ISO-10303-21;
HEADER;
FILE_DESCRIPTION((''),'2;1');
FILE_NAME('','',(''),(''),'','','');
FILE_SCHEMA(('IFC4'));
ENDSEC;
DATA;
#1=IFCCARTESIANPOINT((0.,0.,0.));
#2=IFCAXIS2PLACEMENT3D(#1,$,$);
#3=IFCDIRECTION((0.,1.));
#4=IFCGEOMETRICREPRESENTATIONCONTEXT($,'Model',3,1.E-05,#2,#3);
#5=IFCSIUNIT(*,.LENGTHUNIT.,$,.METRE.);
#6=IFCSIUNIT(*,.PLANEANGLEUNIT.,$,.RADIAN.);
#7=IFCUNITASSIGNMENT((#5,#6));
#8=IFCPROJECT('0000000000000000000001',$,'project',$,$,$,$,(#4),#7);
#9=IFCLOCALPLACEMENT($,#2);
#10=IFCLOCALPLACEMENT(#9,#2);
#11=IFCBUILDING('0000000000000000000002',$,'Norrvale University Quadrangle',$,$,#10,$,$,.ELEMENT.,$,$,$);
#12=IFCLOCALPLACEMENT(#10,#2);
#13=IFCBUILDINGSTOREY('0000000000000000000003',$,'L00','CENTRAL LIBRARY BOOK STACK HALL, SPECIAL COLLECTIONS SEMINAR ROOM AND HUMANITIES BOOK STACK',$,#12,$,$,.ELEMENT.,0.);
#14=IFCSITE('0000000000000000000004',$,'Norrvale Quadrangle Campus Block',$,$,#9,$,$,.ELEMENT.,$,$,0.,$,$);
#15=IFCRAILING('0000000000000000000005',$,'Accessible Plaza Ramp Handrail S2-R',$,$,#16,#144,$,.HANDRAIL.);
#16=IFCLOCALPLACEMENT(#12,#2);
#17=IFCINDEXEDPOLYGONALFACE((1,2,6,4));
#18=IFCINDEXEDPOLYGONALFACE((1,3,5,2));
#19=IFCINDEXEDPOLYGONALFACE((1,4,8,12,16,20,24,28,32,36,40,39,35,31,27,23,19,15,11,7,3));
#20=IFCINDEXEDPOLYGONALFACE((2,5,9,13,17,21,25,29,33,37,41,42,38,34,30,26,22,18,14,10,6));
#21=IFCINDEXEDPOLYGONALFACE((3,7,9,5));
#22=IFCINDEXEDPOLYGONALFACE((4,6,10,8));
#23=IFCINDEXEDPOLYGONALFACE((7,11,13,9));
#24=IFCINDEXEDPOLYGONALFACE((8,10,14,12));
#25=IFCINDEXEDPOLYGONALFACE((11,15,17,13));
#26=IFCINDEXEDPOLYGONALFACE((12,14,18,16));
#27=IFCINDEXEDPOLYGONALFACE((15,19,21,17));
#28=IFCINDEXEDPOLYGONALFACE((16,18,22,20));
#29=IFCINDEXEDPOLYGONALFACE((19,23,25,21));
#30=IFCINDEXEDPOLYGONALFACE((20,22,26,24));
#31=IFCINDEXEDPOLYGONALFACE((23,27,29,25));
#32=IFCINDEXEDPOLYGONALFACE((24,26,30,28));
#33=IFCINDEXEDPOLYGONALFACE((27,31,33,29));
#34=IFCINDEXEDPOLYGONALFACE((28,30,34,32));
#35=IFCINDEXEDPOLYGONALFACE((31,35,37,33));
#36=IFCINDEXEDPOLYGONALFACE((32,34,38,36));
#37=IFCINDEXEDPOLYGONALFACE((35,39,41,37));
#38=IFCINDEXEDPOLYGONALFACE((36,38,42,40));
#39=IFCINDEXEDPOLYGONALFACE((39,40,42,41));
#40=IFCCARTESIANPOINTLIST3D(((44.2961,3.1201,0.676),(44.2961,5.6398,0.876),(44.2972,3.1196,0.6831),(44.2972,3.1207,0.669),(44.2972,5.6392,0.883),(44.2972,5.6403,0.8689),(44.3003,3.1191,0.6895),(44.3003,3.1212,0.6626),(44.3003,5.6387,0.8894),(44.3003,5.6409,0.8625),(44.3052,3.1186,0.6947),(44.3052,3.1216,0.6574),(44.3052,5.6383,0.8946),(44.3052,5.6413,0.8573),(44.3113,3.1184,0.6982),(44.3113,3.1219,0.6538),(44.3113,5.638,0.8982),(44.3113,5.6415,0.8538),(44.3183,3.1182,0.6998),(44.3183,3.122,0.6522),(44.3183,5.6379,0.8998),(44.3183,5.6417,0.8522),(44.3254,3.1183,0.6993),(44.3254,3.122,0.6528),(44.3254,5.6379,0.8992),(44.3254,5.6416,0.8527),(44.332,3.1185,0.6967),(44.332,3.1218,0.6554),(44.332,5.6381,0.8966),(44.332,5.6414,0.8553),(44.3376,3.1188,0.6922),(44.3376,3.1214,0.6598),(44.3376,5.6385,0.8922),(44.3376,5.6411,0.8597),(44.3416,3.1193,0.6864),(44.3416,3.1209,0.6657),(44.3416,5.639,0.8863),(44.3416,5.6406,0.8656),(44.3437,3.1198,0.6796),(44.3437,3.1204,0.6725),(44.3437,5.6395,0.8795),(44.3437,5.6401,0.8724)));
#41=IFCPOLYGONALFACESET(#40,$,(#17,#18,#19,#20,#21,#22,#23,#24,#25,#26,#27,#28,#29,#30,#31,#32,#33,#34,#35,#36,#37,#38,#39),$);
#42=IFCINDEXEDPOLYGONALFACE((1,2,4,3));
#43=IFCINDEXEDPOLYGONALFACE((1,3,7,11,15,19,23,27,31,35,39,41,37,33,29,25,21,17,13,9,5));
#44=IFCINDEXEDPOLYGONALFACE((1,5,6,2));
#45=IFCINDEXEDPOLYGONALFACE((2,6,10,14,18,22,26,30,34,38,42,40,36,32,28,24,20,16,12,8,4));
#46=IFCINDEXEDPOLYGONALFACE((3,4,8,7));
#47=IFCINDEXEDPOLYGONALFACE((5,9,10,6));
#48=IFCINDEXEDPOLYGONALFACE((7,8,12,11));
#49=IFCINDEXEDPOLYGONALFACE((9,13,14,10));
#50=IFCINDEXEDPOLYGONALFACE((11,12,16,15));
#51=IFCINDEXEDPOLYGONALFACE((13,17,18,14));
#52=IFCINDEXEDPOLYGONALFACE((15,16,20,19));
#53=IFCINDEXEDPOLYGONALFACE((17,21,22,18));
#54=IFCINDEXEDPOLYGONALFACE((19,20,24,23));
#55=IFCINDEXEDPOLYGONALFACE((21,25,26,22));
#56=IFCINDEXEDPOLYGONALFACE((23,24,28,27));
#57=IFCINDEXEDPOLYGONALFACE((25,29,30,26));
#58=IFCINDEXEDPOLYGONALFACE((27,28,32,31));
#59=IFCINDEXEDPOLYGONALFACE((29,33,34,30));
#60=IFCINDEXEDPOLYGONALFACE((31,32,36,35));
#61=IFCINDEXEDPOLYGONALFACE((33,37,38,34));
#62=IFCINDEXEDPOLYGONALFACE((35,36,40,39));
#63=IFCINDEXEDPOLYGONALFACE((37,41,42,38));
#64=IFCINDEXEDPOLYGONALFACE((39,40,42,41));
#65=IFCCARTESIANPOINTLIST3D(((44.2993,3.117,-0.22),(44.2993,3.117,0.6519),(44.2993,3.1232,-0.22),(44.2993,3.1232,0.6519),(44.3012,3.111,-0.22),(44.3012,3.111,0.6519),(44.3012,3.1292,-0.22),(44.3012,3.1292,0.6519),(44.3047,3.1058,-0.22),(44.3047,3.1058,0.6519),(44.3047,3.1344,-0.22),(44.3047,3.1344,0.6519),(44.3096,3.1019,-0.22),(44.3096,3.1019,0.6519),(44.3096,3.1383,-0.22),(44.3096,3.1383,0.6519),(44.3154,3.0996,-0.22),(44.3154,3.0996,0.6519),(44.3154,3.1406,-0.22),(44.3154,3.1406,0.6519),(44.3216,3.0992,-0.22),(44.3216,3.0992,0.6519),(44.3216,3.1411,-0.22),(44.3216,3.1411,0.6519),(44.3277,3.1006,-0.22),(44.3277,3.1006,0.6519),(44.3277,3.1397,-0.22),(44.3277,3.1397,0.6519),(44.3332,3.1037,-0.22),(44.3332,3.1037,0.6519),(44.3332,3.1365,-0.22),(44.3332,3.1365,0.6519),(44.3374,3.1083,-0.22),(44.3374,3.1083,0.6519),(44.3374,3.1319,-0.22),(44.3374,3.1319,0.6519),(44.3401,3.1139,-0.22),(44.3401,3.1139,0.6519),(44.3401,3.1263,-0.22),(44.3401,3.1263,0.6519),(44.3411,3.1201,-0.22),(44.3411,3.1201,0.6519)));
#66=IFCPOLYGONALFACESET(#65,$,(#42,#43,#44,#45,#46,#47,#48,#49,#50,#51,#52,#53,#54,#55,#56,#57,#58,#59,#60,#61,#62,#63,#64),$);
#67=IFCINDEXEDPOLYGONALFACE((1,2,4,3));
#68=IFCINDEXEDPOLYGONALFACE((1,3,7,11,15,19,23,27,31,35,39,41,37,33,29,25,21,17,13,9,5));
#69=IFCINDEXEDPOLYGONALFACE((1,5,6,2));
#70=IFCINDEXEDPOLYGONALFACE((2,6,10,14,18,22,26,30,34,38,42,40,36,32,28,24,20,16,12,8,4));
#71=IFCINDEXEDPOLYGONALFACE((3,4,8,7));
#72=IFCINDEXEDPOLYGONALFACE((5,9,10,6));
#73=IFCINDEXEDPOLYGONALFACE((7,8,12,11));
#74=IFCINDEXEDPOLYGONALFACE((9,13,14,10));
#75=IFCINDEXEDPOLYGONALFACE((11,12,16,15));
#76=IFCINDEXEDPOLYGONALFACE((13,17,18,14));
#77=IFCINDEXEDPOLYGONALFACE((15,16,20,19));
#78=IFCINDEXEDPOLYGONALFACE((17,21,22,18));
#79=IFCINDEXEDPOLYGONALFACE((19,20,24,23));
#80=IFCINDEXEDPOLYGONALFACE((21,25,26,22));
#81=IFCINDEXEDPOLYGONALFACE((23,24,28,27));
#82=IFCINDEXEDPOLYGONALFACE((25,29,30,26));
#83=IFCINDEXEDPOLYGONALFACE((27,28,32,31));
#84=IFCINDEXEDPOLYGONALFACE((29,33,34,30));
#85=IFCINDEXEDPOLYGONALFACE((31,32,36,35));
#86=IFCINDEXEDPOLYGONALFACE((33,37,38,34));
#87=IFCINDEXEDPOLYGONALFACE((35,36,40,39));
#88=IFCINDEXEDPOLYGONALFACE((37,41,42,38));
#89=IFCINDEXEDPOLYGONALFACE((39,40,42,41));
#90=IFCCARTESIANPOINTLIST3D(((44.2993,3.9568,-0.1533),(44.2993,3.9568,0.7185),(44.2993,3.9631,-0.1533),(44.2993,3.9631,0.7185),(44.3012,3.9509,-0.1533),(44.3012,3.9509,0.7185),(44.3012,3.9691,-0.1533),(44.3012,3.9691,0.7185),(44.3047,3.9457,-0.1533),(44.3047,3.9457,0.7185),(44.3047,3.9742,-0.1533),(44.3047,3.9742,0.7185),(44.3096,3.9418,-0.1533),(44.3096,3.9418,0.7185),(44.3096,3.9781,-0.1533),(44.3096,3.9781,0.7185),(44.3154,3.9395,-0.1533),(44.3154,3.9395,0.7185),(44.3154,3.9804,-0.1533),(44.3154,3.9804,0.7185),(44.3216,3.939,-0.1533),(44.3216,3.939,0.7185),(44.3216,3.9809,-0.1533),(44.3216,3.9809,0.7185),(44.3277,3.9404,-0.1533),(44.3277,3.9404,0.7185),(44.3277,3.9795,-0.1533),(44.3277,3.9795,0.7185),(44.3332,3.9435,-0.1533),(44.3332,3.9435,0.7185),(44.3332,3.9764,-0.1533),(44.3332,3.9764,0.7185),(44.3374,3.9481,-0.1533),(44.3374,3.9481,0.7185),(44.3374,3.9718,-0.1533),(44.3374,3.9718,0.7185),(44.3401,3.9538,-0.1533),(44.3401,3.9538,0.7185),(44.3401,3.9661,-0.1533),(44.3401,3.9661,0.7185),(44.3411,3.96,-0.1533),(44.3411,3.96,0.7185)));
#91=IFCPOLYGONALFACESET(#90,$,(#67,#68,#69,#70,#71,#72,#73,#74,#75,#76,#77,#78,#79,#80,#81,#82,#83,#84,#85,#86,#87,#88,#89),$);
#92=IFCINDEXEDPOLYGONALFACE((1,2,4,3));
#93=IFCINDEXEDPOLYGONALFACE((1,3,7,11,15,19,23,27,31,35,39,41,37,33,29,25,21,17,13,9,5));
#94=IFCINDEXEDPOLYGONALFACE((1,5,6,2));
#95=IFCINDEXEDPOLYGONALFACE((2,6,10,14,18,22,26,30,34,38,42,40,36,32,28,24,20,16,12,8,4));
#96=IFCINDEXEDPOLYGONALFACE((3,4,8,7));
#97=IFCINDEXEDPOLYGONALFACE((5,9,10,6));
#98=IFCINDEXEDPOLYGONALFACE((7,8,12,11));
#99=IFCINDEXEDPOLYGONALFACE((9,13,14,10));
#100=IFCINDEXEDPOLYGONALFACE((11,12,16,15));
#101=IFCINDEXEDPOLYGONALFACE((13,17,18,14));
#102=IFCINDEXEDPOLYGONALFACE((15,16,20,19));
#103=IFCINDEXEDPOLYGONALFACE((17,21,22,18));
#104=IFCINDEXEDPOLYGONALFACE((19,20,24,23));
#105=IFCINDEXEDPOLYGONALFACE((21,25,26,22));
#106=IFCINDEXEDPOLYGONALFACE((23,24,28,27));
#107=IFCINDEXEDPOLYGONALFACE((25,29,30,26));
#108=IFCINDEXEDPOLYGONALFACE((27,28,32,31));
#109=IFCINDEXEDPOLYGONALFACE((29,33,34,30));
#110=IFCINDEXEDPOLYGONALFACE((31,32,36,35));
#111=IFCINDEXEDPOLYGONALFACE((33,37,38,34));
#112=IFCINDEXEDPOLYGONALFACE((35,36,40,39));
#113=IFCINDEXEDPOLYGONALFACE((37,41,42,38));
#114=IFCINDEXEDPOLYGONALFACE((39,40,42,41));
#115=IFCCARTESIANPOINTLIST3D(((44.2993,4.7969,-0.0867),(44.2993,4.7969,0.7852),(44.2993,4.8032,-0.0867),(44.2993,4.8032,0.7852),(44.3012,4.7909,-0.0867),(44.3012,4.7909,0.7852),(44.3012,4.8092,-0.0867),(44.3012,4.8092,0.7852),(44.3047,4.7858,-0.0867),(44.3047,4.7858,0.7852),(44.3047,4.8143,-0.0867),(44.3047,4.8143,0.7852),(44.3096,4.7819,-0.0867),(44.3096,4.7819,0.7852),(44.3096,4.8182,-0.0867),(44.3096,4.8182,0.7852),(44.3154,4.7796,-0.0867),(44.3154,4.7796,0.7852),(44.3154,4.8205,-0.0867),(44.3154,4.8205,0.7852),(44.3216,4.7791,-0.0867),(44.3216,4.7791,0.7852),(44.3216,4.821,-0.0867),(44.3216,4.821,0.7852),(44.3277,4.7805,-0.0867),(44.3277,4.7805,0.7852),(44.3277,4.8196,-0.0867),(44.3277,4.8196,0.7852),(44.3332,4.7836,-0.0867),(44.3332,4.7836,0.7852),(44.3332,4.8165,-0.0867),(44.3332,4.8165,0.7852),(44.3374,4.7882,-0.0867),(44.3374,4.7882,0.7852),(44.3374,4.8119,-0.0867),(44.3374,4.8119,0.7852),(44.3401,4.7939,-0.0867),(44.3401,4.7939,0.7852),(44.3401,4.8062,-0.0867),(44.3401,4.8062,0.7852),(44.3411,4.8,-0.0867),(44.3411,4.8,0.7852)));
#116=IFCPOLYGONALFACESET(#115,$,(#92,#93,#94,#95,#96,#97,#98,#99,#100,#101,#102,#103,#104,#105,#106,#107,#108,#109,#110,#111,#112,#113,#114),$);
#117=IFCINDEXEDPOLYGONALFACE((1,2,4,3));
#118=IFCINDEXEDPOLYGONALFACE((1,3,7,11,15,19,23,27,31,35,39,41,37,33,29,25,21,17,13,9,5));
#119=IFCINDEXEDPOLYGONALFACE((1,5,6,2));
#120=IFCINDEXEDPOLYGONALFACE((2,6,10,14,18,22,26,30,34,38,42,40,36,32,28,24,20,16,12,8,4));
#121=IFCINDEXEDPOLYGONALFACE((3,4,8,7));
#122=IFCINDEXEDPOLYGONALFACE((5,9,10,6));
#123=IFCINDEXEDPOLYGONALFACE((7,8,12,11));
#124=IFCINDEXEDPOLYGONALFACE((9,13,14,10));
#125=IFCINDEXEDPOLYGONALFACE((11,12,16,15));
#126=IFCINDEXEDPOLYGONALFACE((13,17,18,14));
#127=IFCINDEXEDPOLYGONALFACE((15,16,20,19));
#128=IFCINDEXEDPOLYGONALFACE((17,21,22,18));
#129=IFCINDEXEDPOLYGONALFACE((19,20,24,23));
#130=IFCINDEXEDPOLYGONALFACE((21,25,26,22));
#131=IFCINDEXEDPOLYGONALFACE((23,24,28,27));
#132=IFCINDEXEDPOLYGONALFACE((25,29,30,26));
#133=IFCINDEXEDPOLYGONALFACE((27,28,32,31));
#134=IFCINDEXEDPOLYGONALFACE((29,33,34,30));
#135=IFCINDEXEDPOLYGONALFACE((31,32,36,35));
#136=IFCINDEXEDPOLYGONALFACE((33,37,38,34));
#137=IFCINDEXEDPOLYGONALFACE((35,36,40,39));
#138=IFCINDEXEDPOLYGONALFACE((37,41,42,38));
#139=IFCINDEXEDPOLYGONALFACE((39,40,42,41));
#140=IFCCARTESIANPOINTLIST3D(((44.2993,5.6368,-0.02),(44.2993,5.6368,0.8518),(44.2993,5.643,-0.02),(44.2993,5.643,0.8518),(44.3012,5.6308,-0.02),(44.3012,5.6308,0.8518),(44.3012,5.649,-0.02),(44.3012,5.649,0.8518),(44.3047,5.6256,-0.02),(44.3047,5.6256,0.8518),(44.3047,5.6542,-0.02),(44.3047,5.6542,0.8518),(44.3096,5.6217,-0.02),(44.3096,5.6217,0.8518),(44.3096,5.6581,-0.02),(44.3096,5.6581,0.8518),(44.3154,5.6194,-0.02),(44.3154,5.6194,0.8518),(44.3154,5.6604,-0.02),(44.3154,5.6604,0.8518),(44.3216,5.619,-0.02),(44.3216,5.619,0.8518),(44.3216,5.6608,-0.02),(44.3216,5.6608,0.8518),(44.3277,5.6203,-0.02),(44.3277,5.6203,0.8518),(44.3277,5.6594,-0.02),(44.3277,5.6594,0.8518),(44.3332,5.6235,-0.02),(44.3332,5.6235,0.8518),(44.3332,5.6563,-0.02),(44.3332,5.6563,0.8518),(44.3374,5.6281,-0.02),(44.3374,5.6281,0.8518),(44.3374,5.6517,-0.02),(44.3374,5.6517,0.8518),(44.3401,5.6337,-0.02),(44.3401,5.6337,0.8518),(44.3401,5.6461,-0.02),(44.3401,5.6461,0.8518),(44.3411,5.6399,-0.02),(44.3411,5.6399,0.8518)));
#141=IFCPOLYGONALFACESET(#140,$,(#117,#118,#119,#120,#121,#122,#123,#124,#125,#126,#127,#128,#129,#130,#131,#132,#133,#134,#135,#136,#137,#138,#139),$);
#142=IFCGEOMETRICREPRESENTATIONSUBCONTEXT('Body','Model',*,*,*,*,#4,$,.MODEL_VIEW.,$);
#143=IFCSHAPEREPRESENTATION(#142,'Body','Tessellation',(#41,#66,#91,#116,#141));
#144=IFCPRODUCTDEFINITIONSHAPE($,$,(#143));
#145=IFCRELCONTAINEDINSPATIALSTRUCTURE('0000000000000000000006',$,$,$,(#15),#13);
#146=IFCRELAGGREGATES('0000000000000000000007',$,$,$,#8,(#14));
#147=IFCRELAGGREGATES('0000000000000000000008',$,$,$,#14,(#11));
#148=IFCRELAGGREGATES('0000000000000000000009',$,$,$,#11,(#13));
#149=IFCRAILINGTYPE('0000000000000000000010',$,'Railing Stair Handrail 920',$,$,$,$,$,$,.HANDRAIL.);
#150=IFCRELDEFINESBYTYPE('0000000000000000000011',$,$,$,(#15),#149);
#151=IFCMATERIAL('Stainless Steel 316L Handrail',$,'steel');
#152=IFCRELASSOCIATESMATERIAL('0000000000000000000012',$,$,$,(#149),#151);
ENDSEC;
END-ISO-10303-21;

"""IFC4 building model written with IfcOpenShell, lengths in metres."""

from ifc_helpers import new_model, si_unit, direction, frame, origin, origin_2d, place, context, subcontext, project, spatial, circle, extrude, material, type_object, element, save


model = new_model("IFC4")

# Units and contexts
model_context = context("Model", 3, precision=1e-05, world=origin(), true_north=direction((0.0, 1.0)))
body_context = subcontext(model_context, "Body", "Model", "MODEL_VIEW")
ifc_project = project(units=[si_unit("LENGTHUNIT", "METRE"), si_unit("PLANEANGLEUNIT", "RADIAN")], contexts=[model_context])

# Site, building, storey
site_placement = place(None, origin())
site = spatial("IfcSite", under=ifc_project, at=site_placement, Name="Norrvale Quadrangle Campus Block", CompositionType="ELEMENT", RefElevation=0.0)
building_placement = place(site_placement, origin())
building = spatial("IfcBuilding", under=site, at=building_placement, Name="Norrvale University Quadrangle", CompositionType="ELEMENT")
storey_placement = place(building_placement, origin())
storey = spatial("IfcBuildingStorey", under=building, at=storey_placement, Name="L00", Description="CENTRAL LIBRARY BOOK STACK HALL, SPECIAL COLLECTIONS SEMINAR ROOM AND HUMANITIES BOOK STACK", CompositionType="ELEMENT", Elevation=0.0)

# Railing
ifc_material_1 = material(Name="Stainless Steel 316L Handrail", Category="steel")
railing_type_1 = type_object("IfcRailingType", Name="Railing Stair Handrail 920", PredefinedType="HANDRAIL", material=ifc_material_1)
for number, where, name in (
    (1, (44.3201, 3.1201, -0.22), "Accessible Plaza Ramp Handrail S2-R"),
):
    element("IfcRailing", number, at=place(storey_placement, frame(where)), inside=storey, type_object=railing_type_1, Name=name, PredefinedType="HANDRAIL", context=body_context, shape_type="SweptSolid", body=[
        extrude(circle(Radius=0.0239, at=origin_2d()), frame((0.0, 0.0, 0.896), z_axis=(0.0, 0.996866, 0.079104), x_axis=(-1.0, 0.0, 0.0)), (0.0, 0.0, 1.0), 2.5276),
        extrude(circle(Radius=0.021, at=origin_2d()), origin(), (0.0, 0.0, 1.0), 0.8718),
        extrude(circle(Radius=0.021, at=origin_2d()), frame((0.0, 0.8398, 0.0667)), (0.0, 0.0, 1.0), 0.8718),
        extrude(circle(Radius=0.021, at=origin_2d()), frame((0.0, 1.6799, 0.1333)), (0.0, 0.0, 1.0), 0.8718),
        extrude(circle(Radius=0.021, at=origin_2d()), frame((0.0, 2.5198, 0.2)), (0.0, 0.0, 1.0), 0.8718),
    ])

save(model, "model.ifc")
